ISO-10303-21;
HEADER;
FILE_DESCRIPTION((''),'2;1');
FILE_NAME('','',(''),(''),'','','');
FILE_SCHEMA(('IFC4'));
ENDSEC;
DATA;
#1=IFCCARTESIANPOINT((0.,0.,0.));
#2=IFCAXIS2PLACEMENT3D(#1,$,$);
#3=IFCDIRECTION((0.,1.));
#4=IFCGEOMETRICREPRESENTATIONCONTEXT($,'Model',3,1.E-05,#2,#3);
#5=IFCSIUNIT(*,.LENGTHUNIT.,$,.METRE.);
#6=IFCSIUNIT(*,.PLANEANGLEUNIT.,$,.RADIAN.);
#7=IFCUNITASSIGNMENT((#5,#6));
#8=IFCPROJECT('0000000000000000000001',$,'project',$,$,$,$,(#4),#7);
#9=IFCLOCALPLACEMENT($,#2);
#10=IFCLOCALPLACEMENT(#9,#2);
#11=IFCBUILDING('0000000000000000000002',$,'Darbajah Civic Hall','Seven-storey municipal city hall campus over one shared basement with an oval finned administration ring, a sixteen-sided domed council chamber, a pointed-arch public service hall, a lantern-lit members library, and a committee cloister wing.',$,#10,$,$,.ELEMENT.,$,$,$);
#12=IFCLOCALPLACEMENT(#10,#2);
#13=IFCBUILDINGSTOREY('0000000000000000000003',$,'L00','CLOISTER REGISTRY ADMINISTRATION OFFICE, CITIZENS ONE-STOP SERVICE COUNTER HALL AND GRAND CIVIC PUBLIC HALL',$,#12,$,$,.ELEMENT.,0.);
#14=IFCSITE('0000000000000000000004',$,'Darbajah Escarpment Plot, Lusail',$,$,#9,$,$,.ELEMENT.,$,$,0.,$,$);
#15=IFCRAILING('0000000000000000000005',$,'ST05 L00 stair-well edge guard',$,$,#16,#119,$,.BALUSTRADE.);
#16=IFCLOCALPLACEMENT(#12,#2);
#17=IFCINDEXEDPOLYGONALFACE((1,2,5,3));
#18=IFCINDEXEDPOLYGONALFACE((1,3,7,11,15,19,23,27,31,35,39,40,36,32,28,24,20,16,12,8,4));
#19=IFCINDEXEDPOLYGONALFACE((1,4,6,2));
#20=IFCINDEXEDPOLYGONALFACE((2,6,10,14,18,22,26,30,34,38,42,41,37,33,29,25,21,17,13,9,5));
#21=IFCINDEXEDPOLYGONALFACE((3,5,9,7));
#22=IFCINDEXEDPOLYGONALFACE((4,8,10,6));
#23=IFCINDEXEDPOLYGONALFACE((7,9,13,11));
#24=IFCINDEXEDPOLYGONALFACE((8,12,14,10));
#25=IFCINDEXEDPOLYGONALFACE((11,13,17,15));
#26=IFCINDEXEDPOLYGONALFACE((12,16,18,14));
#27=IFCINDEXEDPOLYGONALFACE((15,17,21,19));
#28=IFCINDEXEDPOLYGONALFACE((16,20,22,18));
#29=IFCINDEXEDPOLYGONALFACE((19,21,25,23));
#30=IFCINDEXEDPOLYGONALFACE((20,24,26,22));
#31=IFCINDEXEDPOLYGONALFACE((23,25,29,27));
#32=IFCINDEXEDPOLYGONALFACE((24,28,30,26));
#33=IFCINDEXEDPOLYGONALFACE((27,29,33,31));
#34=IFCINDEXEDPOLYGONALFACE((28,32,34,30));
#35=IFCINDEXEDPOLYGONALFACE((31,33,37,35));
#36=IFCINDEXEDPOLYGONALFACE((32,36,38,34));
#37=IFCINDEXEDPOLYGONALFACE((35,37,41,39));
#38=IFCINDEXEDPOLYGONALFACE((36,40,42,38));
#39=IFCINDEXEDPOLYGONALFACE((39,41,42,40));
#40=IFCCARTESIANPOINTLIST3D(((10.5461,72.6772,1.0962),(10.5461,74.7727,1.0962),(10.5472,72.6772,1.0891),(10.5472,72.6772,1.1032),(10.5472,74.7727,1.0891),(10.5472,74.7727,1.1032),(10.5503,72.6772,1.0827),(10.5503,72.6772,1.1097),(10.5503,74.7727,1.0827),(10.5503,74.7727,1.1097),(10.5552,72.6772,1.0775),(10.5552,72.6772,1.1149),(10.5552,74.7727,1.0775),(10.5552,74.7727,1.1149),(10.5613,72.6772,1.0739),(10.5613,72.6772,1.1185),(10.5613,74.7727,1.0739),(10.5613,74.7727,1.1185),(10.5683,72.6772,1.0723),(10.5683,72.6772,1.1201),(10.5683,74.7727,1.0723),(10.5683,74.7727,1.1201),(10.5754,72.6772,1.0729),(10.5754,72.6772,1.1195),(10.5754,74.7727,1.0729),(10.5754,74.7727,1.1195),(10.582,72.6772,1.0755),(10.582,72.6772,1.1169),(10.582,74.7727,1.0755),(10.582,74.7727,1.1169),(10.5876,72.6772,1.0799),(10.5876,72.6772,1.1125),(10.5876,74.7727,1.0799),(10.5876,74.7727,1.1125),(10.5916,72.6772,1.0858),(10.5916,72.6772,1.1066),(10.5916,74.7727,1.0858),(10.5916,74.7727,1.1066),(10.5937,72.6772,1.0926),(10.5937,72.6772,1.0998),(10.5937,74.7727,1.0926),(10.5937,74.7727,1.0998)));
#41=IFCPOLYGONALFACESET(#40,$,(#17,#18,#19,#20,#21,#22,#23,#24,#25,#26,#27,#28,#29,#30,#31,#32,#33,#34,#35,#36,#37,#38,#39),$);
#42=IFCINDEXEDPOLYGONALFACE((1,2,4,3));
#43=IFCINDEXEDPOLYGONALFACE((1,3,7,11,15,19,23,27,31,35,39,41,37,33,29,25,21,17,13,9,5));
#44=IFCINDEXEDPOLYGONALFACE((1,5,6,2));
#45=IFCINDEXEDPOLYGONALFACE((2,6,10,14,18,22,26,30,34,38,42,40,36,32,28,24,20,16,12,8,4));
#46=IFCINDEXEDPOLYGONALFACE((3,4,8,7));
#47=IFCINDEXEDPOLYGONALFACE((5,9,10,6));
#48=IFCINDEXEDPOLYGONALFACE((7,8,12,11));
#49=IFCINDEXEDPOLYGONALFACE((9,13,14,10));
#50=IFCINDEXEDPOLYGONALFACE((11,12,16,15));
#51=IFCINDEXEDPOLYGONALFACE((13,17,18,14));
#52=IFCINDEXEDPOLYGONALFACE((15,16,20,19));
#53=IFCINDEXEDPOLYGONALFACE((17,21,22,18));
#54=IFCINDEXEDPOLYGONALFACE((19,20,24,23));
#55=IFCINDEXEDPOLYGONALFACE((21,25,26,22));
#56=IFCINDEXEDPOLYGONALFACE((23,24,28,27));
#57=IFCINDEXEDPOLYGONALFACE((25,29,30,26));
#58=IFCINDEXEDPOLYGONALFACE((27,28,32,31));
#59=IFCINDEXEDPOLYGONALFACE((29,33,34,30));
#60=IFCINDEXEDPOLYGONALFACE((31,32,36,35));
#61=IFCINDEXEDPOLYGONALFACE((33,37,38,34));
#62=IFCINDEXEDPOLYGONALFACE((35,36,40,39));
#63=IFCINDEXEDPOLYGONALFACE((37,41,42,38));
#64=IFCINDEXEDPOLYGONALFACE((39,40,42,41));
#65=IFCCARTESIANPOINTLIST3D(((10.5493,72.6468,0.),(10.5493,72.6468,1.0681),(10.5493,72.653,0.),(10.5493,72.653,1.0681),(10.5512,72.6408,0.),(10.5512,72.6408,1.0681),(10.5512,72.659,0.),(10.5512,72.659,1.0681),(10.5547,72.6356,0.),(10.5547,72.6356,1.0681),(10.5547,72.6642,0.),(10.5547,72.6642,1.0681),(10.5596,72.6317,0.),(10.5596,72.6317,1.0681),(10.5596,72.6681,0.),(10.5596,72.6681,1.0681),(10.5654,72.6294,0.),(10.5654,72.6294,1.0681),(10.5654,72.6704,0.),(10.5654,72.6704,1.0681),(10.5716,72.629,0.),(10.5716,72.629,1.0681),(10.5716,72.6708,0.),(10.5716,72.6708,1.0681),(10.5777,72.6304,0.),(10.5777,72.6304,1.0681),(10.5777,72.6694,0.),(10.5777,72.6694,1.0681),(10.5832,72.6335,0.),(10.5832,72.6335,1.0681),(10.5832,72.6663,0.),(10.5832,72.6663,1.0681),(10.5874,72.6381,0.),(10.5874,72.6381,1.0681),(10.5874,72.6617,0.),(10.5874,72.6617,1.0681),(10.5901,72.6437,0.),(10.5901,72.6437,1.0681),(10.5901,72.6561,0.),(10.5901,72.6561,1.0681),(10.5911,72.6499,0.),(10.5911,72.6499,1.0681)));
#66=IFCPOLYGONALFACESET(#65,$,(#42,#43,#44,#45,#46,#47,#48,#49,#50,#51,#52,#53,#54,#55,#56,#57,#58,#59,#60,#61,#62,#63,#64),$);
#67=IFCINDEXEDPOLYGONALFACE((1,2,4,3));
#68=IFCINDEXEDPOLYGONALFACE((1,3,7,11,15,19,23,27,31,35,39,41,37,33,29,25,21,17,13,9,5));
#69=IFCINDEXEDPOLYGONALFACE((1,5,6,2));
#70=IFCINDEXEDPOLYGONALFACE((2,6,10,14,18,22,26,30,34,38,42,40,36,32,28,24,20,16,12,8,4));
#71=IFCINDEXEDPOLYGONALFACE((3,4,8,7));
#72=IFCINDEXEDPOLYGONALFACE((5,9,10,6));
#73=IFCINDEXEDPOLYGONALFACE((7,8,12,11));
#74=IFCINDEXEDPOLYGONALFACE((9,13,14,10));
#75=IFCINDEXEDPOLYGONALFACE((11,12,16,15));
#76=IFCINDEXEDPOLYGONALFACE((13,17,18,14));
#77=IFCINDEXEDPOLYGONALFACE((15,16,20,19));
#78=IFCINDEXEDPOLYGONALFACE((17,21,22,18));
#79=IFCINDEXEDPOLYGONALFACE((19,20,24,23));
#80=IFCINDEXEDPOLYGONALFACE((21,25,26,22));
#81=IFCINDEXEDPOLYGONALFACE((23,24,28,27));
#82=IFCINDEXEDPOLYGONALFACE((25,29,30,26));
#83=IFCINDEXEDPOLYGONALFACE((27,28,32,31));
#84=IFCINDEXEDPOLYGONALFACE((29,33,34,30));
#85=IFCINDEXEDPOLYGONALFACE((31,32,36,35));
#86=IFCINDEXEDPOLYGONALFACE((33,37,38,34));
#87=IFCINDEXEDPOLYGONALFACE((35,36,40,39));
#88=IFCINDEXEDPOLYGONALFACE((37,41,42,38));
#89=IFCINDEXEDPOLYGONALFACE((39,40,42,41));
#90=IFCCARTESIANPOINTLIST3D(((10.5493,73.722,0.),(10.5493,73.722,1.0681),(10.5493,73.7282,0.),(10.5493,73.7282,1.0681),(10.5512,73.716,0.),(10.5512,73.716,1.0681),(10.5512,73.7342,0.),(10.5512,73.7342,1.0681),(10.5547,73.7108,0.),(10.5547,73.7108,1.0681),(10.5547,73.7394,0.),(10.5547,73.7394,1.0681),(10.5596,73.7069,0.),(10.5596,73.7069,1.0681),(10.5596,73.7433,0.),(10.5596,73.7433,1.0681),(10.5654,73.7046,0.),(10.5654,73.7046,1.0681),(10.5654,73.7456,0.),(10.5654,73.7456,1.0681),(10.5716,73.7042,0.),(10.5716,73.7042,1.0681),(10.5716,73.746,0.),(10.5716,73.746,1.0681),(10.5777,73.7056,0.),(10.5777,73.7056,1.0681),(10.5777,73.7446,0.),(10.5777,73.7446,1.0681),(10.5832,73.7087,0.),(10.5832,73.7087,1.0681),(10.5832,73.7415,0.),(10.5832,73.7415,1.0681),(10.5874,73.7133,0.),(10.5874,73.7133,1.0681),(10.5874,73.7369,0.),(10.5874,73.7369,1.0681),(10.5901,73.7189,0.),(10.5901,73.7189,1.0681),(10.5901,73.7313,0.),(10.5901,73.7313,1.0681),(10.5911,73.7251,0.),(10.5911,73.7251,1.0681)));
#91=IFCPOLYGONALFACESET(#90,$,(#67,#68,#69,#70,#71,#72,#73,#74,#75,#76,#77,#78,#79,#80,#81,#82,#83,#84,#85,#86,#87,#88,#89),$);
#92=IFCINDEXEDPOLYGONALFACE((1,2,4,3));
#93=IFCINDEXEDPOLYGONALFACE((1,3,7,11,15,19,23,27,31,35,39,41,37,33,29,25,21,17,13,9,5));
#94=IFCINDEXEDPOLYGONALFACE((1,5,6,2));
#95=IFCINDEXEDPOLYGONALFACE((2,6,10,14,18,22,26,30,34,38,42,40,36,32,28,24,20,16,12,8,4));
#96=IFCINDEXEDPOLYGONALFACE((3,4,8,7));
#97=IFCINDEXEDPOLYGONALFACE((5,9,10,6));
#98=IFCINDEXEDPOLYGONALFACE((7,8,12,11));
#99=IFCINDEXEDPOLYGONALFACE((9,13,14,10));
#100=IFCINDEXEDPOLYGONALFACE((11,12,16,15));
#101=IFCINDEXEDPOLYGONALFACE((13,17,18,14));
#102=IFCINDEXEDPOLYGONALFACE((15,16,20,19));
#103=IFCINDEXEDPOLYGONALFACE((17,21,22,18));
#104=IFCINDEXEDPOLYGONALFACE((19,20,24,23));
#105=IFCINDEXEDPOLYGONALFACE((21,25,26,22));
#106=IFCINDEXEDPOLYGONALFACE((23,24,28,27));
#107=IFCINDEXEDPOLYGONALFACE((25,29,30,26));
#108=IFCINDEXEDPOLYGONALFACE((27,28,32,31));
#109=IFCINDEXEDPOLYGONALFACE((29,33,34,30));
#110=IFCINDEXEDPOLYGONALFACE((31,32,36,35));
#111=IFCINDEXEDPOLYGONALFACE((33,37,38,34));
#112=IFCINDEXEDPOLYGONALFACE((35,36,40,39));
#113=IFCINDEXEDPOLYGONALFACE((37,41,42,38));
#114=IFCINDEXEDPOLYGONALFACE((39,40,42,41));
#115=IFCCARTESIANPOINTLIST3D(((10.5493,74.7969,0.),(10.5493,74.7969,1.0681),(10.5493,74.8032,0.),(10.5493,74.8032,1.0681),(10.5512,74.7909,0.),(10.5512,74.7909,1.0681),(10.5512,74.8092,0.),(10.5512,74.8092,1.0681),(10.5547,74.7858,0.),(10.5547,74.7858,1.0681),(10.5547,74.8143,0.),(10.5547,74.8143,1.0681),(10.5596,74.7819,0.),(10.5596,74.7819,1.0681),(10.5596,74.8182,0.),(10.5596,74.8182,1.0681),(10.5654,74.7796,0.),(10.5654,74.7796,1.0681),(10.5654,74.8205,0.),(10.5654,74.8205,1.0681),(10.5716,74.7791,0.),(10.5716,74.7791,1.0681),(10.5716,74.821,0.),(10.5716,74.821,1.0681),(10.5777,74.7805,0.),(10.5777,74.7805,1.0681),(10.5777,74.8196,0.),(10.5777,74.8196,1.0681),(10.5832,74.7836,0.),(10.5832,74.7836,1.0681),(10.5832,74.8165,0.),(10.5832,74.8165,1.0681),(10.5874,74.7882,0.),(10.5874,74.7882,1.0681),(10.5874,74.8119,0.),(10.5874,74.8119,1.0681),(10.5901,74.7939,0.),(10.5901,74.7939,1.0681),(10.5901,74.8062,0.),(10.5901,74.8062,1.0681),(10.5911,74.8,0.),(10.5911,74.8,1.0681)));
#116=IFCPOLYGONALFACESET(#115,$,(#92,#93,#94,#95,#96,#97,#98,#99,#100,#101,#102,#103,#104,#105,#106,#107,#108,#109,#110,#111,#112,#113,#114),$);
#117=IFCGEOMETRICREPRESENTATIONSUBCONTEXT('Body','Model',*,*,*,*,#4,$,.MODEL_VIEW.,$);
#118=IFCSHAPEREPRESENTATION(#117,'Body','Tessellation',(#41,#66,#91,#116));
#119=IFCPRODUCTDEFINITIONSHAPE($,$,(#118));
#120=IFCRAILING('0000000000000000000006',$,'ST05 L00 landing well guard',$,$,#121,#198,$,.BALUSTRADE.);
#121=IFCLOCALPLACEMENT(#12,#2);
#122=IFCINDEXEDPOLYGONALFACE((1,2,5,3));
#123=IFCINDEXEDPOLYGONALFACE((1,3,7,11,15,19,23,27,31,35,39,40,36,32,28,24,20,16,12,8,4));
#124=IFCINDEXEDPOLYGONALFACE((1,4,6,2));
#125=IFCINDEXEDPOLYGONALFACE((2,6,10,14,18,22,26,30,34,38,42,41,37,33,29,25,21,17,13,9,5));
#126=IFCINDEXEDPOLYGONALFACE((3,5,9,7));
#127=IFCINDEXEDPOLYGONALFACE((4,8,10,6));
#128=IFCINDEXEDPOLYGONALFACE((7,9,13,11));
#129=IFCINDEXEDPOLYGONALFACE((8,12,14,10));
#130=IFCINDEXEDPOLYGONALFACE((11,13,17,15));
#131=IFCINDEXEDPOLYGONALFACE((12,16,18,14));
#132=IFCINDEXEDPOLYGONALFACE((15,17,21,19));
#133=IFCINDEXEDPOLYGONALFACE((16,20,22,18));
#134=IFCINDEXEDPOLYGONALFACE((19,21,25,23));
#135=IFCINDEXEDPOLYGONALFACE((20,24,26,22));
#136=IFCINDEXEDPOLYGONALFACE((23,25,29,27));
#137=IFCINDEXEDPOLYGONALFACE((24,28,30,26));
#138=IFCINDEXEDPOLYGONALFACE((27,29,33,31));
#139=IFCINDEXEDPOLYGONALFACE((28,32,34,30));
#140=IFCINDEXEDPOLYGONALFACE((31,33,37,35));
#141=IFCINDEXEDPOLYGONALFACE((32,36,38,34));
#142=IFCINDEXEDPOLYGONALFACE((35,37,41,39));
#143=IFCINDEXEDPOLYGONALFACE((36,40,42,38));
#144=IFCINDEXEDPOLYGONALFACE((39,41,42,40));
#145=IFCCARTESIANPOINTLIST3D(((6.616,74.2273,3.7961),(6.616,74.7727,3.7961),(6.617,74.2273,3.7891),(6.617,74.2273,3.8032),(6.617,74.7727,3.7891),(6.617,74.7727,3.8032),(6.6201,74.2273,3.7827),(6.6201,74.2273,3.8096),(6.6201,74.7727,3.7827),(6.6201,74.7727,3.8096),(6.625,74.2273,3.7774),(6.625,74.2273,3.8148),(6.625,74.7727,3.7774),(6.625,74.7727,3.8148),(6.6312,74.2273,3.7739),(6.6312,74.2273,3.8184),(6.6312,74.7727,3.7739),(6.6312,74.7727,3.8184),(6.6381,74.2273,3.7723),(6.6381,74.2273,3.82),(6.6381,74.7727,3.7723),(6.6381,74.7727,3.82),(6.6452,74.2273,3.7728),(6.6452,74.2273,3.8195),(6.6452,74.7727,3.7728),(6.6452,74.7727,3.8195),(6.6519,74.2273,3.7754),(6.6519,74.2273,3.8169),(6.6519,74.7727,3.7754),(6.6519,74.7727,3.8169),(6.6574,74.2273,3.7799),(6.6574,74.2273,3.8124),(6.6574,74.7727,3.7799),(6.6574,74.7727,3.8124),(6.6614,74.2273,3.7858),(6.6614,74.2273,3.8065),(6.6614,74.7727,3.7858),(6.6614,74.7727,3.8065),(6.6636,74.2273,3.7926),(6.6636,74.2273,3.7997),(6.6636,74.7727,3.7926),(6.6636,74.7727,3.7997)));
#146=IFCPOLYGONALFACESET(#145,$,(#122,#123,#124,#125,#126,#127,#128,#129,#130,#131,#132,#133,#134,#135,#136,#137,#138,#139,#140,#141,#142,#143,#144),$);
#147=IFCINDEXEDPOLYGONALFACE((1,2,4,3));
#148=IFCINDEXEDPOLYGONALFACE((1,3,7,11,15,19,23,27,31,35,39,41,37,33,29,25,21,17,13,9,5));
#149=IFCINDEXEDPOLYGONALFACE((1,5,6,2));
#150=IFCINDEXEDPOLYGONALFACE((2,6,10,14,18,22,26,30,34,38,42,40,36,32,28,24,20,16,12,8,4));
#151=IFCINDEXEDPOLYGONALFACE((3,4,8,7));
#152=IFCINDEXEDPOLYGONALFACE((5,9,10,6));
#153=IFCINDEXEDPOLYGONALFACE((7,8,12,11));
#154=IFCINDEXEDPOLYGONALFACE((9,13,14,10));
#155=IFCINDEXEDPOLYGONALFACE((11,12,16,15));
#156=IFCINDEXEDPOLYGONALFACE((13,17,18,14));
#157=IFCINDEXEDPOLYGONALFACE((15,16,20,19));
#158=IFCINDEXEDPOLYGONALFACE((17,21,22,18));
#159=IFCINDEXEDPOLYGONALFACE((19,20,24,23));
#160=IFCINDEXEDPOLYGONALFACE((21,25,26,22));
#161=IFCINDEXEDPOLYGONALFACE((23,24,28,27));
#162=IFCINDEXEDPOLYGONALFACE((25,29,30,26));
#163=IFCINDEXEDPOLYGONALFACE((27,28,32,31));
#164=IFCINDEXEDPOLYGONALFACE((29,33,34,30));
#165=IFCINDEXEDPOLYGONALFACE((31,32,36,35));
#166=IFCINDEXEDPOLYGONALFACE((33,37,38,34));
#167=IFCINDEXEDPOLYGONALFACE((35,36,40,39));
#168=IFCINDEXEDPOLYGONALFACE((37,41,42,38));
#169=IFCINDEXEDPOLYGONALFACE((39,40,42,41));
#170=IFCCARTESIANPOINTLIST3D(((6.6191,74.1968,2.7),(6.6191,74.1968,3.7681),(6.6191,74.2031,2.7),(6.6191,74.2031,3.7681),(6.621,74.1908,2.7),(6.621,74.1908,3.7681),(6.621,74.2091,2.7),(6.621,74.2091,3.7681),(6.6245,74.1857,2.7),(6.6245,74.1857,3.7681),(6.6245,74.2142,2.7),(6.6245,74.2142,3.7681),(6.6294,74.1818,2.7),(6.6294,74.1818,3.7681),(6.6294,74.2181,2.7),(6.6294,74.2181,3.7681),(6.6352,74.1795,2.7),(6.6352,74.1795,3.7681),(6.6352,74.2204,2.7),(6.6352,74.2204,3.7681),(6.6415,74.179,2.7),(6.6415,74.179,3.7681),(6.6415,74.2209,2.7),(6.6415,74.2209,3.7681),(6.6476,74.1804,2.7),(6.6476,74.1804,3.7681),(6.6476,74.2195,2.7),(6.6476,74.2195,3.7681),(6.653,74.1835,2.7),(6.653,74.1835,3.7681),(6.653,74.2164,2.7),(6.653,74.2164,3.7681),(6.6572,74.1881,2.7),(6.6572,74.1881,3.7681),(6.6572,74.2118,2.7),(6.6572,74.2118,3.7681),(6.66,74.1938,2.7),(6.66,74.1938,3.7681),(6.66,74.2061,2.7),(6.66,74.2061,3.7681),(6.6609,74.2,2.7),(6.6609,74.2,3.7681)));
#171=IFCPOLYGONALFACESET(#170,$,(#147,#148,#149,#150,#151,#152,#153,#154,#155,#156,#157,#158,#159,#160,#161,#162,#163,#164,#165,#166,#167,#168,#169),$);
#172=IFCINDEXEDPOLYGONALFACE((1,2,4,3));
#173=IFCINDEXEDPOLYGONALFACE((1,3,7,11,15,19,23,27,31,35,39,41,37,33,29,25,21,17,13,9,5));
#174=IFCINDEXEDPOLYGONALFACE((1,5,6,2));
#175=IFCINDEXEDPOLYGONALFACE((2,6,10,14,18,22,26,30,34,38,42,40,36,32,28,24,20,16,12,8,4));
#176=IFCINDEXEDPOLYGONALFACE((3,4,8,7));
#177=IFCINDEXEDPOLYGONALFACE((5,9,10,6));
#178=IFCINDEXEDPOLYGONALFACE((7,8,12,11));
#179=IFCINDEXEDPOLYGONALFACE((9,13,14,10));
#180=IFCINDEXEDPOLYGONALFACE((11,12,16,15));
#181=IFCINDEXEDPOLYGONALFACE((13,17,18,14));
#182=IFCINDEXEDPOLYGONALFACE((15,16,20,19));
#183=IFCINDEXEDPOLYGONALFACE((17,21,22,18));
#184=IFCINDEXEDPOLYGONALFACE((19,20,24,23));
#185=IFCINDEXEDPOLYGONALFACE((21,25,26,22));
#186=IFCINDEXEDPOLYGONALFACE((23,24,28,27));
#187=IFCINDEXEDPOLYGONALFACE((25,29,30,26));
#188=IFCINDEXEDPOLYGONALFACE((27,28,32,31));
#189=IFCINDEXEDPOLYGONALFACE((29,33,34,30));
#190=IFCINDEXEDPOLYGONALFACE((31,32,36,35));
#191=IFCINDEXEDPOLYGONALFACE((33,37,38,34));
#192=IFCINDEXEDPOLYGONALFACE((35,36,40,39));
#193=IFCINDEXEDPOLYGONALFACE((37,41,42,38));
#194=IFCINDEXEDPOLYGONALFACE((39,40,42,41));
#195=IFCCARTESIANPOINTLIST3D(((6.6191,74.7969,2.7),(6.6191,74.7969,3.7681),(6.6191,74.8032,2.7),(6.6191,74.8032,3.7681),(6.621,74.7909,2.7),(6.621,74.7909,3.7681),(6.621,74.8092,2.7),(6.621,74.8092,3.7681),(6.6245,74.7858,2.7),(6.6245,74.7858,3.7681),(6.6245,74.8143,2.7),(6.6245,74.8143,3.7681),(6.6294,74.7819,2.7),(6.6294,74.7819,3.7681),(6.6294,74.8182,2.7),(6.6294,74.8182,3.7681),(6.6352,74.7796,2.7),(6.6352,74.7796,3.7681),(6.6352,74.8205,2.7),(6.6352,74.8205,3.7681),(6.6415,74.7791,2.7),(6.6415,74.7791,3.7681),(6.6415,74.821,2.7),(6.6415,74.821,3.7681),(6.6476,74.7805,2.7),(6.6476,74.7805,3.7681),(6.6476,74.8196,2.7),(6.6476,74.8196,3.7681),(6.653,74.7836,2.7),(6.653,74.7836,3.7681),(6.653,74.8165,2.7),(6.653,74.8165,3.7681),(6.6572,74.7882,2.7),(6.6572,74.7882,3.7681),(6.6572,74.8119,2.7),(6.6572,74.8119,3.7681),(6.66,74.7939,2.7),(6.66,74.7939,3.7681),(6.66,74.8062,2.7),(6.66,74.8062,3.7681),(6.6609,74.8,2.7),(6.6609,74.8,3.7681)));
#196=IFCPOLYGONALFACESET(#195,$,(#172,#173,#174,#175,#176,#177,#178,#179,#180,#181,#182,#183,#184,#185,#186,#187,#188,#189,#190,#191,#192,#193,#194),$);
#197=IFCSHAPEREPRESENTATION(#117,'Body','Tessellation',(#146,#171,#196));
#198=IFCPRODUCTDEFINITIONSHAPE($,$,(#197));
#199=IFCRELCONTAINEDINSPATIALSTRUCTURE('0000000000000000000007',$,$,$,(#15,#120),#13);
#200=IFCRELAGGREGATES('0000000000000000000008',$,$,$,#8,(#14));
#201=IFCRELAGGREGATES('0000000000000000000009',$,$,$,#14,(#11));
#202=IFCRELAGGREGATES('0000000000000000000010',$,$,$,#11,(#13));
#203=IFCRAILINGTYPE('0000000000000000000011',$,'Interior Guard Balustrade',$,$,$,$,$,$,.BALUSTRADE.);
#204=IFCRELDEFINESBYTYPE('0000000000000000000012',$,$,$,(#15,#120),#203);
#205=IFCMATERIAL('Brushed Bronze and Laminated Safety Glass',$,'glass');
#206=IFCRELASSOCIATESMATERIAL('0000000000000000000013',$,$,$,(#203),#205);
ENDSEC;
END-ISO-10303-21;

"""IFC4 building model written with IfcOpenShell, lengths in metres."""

from ifc_helpers import new_model, si_unit, direction, frame, origin, origin_2d, place, context, subcontext, project, spatial, circle, extrude, material, type_object, element, save


model = new_model("IFC4")

# Units and contexts
model_context = context("Model", 3, precision=1e-05, world=origin(), true_north=direction((0.0, 1.0)))
body_context = subcontext(model_context, "Body", "Model", "MODEL_VIEW")
ifc_project = project(units=[si_unit("LENGTHUNIT", "METRE"), si_unit("PLANEANGLEUNIT", "RADIAN")], contexts=[model_context])

# Site, building, storey
site_placement = place(None, origin())
site = spatial("IfcSite", under=ifc_project, at=site_placement, Name="Darbajah Escarpment Plot, Lusail", CompositionType="ELEMENT", RefElevation=0.0)
building_placement = place(site_placement, origin())
building = spatial("IfcBuilding", under=site, at=building_placement, Name="Darbajah Civic Hall", Description="Seven-storey municipal city hall campus over one shared basement with an oval finned administration ring, a sixteen-sided domed council chamber, a pointed-arch public service hall, a lantern-lit members library, and a committee cloister wing.", CompositionType="ELEMENT")
storey_placement = place(building_placement, origin())
storey = spatial("IfcBuildingStorey", under=building, at=storey_placement, Name="L00", Description="CLOISTER REGISTRY ADMINISTRATION OFFICE, CITIZENS ONE-STOP SERVICE COUNTER HALL AND GRAND CIVIC PUBLIC HALL", CompositionType="ELEMENT", Elevation=0.0)

# Railings
ifc_material_1 = material(Name="Brushed Bronze and Laminated Safety Glass", Category="glass")
railing_type_1 = type_object("IfcRailingType", Name="Interior Guard Balustrade", PredefinedType="BALUSTRADE", material=ifc_material_1)
railing_1_placement = place(storey_placement, frame((10.5701, 72.6499, 0.0)))
element("IfcRailing", 1, at=railing_1_placement, inside=storey, type_object=railing_type_1, Name="ST05 L00 stair-well edge guard", PredefinedType="BALUSTRADE", context=body_context, shape_type="SweptSolid", body=[
    extrude(circle(Radius=0.0239, at=origin_2d()), frame((0.0, 0.0273, 1.0962), z_axis=(0.0, 1.0, 0.0), x_axis=(-1.0, 0.0, 0.0)), (0.0, 0.0, 1.0), 2.0955),
    extrude(circle(Radius=0.021, at=origin_2d()), origin(), (0.0, 0.0, 1.0), 1.0681),
    extrude(circle(Radius=0.021, at=origin_2d()), frame((0.0, 1.0752, 0.0)), (0.0, 0.0, 1.0), 1.0681),
    extrude(circle(Radius=0.021, at=origin_2d()), frame((0.0, 2.1501, 0.0)), (0.0, 0.0, 1.0), 1.0681),
])
railing_2_placement = place(storey_placement, frame((6.6399, 74.2, 2.7)))
element("IfcRailing", 2, at=railing_2_placement, inside=storey, type_object=railing_type_1, Name="ST05 L00 landing well guard", PredefinedType="BALUSTRADE", context=body_context, shape_type="SweptSolid", body=[
    extrude(circle(Radius=0.0239, at=origin_2d()), frame((0.0, 0.0273, 1.0962), z_axis=(0.0, 1.0, 0.0), x_axis=(-1.0, 0.0, 0.0)), (0.0, 0.0, 1.0), 0.5454),
    extrude(circle(Radius=0.021, at=origin_2d()), origin(), (0.0, 0.0, 1.0), 1.0681),
    extrude(circle(Radius=0.021, at=origin_2d()), frame((0.0, 0.6001, 0.0)), (0.0, 0.0, 1.0), 1.0681),
])

save(model, "model.ifc")
